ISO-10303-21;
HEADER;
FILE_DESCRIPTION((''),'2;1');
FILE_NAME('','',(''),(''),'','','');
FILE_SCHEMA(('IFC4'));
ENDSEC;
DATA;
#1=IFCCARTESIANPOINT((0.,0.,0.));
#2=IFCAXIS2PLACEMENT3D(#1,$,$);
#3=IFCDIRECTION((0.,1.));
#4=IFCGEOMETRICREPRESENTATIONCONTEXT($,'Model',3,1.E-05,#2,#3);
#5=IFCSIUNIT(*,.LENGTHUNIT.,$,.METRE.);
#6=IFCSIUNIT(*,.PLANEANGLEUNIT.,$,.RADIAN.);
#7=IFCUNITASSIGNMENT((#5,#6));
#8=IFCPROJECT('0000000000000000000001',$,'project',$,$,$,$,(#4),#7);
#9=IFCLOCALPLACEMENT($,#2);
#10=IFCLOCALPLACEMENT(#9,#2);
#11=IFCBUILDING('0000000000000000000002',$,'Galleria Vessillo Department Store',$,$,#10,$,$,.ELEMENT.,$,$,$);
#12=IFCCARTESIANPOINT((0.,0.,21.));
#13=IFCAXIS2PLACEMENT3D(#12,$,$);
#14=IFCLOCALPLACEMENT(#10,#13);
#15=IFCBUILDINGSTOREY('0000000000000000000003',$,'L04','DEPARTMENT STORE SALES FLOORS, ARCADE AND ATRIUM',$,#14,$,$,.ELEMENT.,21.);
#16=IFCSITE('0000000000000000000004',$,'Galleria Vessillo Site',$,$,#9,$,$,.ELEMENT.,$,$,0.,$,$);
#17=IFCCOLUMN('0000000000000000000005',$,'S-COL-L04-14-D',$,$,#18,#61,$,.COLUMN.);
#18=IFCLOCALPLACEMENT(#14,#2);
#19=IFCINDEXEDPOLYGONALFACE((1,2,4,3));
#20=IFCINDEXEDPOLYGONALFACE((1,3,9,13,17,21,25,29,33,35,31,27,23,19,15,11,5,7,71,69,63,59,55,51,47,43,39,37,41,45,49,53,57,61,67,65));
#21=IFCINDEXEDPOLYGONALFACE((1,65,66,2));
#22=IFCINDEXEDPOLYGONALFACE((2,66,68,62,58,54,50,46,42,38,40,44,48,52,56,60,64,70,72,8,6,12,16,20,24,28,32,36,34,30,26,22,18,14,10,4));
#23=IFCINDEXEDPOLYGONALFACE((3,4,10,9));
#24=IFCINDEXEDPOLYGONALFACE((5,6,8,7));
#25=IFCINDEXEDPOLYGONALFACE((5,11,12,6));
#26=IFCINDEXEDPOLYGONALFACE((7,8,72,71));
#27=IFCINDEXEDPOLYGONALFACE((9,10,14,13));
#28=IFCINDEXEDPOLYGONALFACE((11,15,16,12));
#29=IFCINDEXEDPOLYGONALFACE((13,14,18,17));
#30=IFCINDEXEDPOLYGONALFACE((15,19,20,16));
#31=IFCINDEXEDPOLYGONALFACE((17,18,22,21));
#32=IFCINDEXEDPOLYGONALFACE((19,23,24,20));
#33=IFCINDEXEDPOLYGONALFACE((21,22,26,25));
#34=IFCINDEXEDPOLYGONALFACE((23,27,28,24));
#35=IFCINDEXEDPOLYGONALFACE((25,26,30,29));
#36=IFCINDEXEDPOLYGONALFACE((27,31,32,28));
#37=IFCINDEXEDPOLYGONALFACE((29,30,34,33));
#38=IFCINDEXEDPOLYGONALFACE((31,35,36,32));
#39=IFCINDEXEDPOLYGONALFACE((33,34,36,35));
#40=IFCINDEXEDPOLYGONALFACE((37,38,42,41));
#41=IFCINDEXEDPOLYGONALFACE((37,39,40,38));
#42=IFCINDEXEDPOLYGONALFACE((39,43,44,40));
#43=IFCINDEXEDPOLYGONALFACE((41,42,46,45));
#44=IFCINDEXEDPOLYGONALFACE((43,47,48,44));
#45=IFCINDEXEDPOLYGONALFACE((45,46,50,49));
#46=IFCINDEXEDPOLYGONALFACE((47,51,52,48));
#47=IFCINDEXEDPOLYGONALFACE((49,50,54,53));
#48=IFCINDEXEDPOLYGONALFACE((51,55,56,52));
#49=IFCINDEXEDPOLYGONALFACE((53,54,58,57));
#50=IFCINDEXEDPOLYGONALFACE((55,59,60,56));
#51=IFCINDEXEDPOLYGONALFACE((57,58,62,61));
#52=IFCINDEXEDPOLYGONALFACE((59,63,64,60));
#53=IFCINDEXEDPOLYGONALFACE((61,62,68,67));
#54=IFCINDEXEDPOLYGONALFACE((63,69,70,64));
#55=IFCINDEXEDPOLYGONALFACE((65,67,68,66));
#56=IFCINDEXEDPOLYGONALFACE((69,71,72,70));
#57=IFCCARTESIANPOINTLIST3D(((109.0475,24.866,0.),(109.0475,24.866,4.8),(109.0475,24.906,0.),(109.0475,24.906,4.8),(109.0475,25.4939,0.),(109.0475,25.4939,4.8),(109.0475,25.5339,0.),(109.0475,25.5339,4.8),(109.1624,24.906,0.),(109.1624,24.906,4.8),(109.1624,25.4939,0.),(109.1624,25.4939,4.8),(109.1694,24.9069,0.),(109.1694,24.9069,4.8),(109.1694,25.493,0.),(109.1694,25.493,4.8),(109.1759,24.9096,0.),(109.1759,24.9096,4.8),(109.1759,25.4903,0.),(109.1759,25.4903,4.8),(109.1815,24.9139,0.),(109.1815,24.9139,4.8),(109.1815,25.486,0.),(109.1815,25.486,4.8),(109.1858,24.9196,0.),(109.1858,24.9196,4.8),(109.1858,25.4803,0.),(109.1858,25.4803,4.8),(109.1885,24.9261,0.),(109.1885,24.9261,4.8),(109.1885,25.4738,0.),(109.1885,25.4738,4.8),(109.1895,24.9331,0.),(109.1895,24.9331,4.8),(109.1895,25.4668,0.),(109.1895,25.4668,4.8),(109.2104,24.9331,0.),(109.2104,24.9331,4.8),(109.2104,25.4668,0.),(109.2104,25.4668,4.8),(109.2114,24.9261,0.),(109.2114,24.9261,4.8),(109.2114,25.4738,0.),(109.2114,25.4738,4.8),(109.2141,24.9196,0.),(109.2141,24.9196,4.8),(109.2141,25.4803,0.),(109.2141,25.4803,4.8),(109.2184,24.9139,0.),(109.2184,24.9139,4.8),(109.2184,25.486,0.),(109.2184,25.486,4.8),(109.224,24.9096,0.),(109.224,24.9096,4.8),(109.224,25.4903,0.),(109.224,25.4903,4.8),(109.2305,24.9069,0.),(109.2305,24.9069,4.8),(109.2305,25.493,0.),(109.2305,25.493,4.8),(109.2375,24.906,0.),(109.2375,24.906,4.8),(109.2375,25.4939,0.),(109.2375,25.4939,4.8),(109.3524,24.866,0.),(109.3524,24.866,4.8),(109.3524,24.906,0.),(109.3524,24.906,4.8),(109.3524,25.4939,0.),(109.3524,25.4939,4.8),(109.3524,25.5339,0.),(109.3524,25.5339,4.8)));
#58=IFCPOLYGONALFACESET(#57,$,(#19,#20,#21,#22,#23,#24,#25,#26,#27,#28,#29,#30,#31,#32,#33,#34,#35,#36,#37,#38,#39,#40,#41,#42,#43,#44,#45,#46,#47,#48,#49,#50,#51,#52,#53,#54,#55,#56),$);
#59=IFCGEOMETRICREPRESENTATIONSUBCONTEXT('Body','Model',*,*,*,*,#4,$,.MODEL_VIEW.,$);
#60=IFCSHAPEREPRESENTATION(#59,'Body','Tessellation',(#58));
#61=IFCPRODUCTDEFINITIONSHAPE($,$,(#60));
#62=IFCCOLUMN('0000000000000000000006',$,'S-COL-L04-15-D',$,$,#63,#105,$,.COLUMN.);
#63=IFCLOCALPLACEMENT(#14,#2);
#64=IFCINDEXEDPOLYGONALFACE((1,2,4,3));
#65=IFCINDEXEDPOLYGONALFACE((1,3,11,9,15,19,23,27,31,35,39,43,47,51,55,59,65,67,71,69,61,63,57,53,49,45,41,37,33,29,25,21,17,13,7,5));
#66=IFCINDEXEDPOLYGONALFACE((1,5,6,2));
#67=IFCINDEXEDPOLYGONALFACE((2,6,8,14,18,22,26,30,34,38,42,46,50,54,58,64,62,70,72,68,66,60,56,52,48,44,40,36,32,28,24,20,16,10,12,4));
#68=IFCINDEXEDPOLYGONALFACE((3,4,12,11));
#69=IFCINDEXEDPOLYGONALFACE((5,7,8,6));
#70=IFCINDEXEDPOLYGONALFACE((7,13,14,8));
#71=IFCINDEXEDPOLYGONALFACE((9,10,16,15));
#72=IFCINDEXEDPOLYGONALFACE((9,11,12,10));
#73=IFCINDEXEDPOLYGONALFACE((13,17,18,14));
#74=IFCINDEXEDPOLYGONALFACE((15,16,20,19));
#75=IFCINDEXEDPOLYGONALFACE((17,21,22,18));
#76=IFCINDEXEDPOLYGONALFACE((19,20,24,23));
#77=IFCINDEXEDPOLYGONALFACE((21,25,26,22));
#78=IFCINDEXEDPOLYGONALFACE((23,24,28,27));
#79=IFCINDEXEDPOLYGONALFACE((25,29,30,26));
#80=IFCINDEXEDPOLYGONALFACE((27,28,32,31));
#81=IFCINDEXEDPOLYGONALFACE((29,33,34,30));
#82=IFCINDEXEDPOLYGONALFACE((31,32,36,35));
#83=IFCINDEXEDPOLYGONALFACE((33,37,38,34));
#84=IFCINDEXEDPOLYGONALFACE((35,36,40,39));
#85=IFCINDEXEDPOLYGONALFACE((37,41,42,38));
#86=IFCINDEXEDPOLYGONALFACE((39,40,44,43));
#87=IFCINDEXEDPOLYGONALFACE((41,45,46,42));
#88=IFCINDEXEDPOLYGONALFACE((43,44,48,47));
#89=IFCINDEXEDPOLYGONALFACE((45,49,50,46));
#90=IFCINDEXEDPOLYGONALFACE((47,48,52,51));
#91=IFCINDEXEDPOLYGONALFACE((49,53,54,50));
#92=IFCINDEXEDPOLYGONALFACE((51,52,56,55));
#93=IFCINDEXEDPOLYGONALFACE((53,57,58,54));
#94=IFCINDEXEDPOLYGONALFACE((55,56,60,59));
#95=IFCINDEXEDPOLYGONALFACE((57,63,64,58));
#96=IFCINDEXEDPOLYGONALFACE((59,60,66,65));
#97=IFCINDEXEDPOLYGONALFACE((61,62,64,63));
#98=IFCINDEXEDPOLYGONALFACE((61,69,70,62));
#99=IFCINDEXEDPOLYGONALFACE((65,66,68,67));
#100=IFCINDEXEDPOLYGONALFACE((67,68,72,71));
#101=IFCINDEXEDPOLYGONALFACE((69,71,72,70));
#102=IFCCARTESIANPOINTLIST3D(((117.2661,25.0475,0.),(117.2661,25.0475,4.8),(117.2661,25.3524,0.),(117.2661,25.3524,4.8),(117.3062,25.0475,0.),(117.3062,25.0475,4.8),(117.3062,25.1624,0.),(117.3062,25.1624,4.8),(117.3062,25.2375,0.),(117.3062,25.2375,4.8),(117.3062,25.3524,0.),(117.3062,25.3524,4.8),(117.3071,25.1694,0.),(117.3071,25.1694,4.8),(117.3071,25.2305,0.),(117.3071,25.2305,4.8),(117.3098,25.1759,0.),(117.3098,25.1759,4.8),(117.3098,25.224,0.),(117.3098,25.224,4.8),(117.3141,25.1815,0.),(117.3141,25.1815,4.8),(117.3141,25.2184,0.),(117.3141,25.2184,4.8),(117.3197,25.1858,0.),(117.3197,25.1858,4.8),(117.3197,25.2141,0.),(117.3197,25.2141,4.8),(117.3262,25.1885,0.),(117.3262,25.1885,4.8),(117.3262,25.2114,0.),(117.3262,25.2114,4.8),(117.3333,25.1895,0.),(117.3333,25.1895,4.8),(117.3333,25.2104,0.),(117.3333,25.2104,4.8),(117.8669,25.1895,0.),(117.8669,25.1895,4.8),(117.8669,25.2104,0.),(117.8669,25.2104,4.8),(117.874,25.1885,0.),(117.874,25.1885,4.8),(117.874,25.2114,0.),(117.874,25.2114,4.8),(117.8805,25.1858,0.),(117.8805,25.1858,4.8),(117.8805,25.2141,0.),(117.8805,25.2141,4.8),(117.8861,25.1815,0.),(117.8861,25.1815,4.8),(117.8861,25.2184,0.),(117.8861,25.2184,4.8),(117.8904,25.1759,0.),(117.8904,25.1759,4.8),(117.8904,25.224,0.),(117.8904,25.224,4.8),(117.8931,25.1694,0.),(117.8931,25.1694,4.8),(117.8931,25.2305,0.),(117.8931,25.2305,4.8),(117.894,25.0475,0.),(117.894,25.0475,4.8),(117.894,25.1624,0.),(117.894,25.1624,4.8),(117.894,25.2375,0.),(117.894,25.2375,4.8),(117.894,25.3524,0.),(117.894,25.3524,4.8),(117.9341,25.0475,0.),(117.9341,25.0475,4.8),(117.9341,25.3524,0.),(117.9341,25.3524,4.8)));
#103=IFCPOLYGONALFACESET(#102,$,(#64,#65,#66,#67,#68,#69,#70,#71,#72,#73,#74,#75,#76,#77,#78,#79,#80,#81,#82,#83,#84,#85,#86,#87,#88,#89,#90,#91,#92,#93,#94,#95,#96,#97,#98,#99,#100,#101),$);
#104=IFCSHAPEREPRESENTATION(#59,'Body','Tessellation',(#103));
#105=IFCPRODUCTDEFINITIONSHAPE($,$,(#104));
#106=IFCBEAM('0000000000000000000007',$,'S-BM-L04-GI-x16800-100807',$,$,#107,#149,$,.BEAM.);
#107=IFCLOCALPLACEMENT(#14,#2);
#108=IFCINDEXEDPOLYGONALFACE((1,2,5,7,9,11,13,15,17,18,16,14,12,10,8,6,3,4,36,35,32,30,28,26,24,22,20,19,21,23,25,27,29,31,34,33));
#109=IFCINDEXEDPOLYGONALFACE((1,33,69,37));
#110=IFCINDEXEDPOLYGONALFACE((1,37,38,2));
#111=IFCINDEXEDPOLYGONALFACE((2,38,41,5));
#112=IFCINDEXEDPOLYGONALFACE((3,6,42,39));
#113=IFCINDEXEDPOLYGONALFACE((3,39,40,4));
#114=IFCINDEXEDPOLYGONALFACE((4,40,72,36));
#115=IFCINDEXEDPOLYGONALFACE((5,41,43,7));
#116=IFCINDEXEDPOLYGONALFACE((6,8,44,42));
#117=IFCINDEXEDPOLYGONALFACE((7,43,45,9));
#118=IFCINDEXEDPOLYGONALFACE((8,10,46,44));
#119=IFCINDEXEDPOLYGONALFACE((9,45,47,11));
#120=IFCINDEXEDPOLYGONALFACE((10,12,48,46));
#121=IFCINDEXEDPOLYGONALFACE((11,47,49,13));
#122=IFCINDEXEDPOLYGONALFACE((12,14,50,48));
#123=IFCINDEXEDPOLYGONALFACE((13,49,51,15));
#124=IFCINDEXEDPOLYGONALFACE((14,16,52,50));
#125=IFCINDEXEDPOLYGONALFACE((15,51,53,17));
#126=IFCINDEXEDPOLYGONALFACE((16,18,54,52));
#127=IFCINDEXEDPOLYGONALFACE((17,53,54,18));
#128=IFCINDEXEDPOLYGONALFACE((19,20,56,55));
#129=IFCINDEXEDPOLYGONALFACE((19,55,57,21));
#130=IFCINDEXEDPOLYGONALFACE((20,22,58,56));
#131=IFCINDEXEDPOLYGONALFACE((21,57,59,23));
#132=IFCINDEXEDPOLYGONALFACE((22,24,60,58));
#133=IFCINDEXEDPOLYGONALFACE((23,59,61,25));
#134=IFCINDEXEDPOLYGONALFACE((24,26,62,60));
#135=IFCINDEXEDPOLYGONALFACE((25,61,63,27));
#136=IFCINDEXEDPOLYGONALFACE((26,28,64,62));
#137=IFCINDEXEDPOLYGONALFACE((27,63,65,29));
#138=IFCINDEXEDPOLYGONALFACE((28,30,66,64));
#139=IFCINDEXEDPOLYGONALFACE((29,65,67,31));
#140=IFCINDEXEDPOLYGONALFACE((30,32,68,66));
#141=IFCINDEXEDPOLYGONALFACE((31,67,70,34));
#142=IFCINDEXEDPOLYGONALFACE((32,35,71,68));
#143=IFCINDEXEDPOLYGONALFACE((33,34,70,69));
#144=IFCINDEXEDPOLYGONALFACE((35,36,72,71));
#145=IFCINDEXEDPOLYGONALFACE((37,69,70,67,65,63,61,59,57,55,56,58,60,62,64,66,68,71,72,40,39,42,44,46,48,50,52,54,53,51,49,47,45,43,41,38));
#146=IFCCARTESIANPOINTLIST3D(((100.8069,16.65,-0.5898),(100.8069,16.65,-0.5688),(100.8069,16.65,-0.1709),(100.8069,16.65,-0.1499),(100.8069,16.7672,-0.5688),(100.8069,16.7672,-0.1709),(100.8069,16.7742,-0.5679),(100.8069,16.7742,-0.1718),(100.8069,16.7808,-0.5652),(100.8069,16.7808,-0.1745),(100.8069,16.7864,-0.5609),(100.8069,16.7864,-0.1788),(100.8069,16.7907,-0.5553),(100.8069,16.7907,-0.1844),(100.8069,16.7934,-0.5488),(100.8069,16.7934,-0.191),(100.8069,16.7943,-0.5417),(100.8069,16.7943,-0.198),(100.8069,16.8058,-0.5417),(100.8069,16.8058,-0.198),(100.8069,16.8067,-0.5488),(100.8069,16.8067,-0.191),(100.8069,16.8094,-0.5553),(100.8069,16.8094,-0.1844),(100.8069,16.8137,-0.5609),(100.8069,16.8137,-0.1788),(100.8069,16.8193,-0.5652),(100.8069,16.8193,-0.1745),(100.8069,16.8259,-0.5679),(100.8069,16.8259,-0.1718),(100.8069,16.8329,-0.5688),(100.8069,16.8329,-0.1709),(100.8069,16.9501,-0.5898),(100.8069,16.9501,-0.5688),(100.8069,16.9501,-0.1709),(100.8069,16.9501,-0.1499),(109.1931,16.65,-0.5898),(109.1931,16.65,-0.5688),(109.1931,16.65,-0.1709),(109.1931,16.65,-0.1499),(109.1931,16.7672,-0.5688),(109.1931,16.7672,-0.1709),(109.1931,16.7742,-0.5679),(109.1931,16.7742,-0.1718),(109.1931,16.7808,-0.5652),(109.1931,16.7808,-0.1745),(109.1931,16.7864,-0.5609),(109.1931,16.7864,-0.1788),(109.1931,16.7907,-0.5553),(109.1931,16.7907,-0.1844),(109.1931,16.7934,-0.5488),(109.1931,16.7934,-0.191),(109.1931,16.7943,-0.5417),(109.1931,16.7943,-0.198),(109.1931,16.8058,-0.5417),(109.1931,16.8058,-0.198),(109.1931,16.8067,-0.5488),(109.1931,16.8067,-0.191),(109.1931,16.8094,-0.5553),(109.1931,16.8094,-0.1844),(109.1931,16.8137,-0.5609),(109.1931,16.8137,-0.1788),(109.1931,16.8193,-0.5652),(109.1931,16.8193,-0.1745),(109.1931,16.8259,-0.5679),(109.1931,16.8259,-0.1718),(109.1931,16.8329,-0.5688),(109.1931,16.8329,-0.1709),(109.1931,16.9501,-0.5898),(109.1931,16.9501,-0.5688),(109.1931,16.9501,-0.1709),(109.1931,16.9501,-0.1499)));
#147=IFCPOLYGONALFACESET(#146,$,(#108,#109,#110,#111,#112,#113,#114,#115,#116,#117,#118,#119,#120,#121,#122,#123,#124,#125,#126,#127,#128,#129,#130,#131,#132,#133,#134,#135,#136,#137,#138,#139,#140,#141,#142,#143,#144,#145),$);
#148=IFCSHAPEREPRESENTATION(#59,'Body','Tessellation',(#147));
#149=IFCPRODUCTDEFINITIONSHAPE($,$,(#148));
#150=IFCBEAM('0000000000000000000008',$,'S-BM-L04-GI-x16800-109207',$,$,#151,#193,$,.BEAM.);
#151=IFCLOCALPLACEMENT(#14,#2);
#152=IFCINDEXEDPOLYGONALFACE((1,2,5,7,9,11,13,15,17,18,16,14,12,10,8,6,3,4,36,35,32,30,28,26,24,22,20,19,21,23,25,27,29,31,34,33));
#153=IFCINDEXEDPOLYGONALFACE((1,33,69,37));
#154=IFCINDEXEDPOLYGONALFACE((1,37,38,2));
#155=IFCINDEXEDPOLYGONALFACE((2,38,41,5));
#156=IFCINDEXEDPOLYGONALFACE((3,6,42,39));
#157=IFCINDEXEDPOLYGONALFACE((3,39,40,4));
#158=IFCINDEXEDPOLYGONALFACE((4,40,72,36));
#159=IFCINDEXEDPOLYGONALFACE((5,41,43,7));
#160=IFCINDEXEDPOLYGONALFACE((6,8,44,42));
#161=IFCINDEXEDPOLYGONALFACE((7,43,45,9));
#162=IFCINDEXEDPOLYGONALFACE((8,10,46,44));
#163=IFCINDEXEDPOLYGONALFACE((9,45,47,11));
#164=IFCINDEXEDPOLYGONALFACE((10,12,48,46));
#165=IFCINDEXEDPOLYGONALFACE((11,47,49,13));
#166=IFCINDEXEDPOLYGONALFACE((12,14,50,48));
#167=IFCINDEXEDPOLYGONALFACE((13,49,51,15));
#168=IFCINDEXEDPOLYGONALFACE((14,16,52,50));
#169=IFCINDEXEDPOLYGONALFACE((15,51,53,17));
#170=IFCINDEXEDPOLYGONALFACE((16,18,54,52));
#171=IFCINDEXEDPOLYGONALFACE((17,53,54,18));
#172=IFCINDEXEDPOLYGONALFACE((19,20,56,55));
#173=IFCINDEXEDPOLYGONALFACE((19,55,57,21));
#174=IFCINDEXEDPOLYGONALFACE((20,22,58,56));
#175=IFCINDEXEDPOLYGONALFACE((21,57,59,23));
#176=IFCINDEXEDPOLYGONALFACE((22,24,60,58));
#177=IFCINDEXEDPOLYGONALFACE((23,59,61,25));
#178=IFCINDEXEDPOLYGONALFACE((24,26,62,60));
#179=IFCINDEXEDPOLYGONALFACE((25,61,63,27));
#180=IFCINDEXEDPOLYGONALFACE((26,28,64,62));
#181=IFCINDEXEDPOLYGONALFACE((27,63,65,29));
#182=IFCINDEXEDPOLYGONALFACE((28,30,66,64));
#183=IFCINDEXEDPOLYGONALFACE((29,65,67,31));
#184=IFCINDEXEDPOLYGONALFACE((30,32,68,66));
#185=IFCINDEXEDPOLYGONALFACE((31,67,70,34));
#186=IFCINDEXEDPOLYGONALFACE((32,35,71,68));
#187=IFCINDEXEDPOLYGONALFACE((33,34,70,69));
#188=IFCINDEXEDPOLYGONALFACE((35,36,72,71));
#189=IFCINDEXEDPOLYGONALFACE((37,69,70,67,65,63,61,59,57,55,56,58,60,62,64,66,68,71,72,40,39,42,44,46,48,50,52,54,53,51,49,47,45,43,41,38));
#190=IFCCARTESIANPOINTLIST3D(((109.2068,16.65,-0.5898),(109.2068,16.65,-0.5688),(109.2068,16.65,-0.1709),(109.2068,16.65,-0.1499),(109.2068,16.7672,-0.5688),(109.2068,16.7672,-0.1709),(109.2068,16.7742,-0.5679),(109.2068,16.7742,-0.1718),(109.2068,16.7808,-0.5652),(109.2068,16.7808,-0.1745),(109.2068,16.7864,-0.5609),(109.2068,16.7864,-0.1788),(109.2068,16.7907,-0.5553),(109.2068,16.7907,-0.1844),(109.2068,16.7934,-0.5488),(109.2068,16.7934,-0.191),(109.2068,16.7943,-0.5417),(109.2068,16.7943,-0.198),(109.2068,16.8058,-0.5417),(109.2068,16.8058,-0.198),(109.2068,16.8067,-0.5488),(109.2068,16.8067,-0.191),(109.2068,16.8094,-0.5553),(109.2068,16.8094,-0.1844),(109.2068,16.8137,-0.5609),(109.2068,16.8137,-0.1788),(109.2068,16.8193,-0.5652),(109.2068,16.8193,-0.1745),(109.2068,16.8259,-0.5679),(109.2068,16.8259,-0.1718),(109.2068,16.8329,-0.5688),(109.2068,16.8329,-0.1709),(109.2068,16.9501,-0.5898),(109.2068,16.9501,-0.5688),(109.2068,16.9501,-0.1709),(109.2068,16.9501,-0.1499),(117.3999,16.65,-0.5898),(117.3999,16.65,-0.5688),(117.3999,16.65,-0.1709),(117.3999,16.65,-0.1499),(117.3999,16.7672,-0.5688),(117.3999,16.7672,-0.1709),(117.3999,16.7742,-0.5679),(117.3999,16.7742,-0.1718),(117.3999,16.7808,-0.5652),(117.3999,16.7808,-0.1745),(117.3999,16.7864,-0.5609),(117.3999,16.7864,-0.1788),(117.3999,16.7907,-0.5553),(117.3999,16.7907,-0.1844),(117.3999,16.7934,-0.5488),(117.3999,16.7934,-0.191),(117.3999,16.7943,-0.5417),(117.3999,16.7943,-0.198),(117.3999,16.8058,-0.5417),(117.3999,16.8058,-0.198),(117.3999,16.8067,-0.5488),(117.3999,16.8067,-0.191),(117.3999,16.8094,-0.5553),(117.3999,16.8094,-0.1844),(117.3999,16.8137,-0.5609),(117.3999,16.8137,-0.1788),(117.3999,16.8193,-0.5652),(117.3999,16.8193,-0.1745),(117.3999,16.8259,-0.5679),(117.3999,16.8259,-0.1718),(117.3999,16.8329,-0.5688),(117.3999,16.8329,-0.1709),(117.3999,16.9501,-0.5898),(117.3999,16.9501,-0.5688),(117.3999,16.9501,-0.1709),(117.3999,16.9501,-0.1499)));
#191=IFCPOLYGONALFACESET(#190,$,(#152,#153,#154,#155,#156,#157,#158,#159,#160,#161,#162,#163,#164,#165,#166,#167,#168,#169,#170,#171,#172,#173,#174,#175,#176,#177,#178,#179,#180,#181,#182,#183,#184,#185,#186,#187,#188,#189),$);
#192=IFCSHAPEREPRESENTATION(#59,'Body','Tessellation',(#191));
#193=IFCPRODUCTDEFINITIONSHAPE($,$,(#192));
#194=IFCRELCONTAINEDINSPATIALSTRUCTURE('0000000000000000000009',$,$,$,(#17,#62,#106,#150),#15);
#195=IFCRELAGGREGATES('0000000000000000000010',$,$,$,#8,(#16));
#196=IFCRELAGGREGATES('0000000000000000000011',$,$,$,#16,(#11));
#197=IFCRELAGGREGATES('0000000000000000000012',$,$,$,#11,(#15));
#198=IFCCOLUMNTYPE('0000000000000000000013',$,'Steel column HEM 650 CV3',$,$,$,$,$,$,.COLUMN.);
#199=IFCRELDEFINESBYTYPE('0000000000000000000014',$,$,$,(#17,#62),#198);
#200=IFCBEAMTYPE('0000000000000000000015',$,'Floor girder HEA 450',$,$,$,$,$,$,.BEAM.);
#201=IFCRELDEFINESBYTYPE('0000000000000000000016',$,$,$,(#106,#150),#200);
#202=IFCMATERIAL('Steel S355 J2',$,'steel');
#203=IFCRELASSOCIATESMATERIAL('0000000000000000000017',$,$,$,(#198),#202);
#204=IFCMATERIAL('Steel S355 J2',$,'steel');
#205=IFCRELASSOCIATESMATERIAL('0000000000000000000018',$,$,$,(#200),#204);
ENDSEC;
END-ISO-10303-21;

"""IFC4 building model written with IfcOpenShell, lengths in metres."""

from ifc_helpers import new_model, si_unit, direction, frame, origin, origin_2d, place, context, subcontext, project, spatial, i_section, extrude, material, material_profile, profile_set, type_object, element, save


model = new_model("IFC4")

# Units and contexts
model_context = context("Model", 3, precision=1e-05, world=origin(), true_north=direction((0.0, 1.0)))
body_context = subcontext(model_context, "Body", "Model", "MODEL_VIEW")
ifc_project = project(units=[si_unit("LENGTHUNIT", "METRE"), si_unit("PLANEANGLEUNIT", "RADIAN")], contexts=[model_context])

# Site, building, storey
site_placement = place(None, origin())
site = spatial("IfcSite", under=ifc_project, at=site_placement, Name="Galleria Vessillo Site", CompositionType="ELEMENT", RefElevation=0.0)
building_placement = place(site_placement, origin())
building = spatial("IfcBuilding", under=site, at=building_placement, Name="Galleria Vessillo Department Store", CompositionType="ELEMENT")
storey_placement = place(building_placement, frame((0.0, 0.0, 21.0)))
storey = spatial("IfcBuildingStorey", under=building, at=storey_placement, Name="L04", Description="DEPARTMENT STORE SALES FLOORS, ARCADE AND ATRIUM", CompositionType="ELEMENT", Elevation=21.0)

# Columns
ifc_material_1 = material(Name="Steel S355 J2", Category="steel")
ifc_material_profile_1 = material_profile(ifc_material_1, i_section(OverallWidth=0.3049, OverallDepth=0.668, WebThickness=0.021, FlangeThickness=0.04, FilletRadius=0.0271, at=origin_2d()), Name="HEM 650")
ifc_profile_set_1 = profile_set([ifc_material_profile_1], Name="Steel S355 J2")
column_type_1 = type_object("IfcColumnType", Name="Steel column HEM 650 CV3", PredefinedType="COLUMN", material=ifc_profile_set_1)
for number, where, z_axis, x_axis, name in (
    (1, (109.2, 25.2, 0.0), (0.0, 0.0, 1.0), (1.0, 0.0, 0.0), "S-COL-L04-14-D"),
    (2, (117.6001, 25.2, 0.0), (0.0, 0.0, 1.0), (0.0, 1.0, 0.0), "S-COL-L04-15-D"),
):
    element("IfcColumn", number, at=place(storey_placement, frame(where, z_axis=z_axis, x_axis=x_axis)), inside=storey, type_object=column_type_1, Name=name, PredefinedType="COLUMN", context=body_context, shape_type="SweptSolid", body=[
        extrude(i_section(OverallWidth=0.3049, OverallDepth=0.668, WebThickness=0.021, FlangeThickness=0.04, FilletRadius=0.0271, at=origin_2d()), origin(), (0.0, 0.0, 1.0), 4.8),
    ])

# Beams
ifc_material_2 = material(Name="Steel S355 J2", Category="steel")
ifc_material_profile_2 = material_profile(ifc_material_2, i_section(OverallWidth=0.3, OverallDepth=0.4399, WebThickness=0.0115, FlangeThickness=0.021, FilletRadius=0.0271, at=origin_2d()), Name="HEA 450")
ifc_profile_set_2 = profile_set([ifc_material_profile_2], Name="Steel S355 J2")
beam_type_1 = type_object("IfcBeamType", Name="Floor girder HEA 450", PredefinedType="BEAM", material=ifc_profile_set_2)
beam_1_placement = place(storey_placement, frame((100.8069, 16.8, -0.3699), z_axis=(1.0, 0.0, 0.0), x_axis=(0.0, 1.0, 0.0)))
element("IfcBeam", 3, at=beam_1_placement, inside=storey, type_object=beam_type_1, Name="S-BM-L04-GI-x16800-100807", PredefinedType="BEAM", context=body_context, shape_type="SweptSolid", body=[
    extrude(i_section(OverallWidth=0.3, OverallDepth=0.4399, WebThickness=0.0115, FlangeThickness=0.021, FilletRadius=0.0271, at=origin_2d()), origin(), (0.0, 0.0, 1.0), 8.3862),
])
beam_2_placement = place(storey_placement, frame((109.2068, 16.8, -0.3699), z_axis=(1.0, 0.0, 0.0), x_axis=(0.0, 1.0, 0.0)))
element("IfcBeam", 4, at=beam_2_placement, inside=storey, type_object=beam_type_1, Name="S-BM-L04-GI-x16800-109207", PredefinedType="BEAM", context=body_context, shape_type="SweptSolid", body=[
    extrude(i_section(OverallWidth=0.3, OverallDepth=0.4399, WebThickness=0.0115, FlangeThickness=0.021, FilletRadius=0.0271, at=origin_2d()), origin(), (0.0, 0.0, 1.0), 8.1931),
])

save(model, "model.ifc")
